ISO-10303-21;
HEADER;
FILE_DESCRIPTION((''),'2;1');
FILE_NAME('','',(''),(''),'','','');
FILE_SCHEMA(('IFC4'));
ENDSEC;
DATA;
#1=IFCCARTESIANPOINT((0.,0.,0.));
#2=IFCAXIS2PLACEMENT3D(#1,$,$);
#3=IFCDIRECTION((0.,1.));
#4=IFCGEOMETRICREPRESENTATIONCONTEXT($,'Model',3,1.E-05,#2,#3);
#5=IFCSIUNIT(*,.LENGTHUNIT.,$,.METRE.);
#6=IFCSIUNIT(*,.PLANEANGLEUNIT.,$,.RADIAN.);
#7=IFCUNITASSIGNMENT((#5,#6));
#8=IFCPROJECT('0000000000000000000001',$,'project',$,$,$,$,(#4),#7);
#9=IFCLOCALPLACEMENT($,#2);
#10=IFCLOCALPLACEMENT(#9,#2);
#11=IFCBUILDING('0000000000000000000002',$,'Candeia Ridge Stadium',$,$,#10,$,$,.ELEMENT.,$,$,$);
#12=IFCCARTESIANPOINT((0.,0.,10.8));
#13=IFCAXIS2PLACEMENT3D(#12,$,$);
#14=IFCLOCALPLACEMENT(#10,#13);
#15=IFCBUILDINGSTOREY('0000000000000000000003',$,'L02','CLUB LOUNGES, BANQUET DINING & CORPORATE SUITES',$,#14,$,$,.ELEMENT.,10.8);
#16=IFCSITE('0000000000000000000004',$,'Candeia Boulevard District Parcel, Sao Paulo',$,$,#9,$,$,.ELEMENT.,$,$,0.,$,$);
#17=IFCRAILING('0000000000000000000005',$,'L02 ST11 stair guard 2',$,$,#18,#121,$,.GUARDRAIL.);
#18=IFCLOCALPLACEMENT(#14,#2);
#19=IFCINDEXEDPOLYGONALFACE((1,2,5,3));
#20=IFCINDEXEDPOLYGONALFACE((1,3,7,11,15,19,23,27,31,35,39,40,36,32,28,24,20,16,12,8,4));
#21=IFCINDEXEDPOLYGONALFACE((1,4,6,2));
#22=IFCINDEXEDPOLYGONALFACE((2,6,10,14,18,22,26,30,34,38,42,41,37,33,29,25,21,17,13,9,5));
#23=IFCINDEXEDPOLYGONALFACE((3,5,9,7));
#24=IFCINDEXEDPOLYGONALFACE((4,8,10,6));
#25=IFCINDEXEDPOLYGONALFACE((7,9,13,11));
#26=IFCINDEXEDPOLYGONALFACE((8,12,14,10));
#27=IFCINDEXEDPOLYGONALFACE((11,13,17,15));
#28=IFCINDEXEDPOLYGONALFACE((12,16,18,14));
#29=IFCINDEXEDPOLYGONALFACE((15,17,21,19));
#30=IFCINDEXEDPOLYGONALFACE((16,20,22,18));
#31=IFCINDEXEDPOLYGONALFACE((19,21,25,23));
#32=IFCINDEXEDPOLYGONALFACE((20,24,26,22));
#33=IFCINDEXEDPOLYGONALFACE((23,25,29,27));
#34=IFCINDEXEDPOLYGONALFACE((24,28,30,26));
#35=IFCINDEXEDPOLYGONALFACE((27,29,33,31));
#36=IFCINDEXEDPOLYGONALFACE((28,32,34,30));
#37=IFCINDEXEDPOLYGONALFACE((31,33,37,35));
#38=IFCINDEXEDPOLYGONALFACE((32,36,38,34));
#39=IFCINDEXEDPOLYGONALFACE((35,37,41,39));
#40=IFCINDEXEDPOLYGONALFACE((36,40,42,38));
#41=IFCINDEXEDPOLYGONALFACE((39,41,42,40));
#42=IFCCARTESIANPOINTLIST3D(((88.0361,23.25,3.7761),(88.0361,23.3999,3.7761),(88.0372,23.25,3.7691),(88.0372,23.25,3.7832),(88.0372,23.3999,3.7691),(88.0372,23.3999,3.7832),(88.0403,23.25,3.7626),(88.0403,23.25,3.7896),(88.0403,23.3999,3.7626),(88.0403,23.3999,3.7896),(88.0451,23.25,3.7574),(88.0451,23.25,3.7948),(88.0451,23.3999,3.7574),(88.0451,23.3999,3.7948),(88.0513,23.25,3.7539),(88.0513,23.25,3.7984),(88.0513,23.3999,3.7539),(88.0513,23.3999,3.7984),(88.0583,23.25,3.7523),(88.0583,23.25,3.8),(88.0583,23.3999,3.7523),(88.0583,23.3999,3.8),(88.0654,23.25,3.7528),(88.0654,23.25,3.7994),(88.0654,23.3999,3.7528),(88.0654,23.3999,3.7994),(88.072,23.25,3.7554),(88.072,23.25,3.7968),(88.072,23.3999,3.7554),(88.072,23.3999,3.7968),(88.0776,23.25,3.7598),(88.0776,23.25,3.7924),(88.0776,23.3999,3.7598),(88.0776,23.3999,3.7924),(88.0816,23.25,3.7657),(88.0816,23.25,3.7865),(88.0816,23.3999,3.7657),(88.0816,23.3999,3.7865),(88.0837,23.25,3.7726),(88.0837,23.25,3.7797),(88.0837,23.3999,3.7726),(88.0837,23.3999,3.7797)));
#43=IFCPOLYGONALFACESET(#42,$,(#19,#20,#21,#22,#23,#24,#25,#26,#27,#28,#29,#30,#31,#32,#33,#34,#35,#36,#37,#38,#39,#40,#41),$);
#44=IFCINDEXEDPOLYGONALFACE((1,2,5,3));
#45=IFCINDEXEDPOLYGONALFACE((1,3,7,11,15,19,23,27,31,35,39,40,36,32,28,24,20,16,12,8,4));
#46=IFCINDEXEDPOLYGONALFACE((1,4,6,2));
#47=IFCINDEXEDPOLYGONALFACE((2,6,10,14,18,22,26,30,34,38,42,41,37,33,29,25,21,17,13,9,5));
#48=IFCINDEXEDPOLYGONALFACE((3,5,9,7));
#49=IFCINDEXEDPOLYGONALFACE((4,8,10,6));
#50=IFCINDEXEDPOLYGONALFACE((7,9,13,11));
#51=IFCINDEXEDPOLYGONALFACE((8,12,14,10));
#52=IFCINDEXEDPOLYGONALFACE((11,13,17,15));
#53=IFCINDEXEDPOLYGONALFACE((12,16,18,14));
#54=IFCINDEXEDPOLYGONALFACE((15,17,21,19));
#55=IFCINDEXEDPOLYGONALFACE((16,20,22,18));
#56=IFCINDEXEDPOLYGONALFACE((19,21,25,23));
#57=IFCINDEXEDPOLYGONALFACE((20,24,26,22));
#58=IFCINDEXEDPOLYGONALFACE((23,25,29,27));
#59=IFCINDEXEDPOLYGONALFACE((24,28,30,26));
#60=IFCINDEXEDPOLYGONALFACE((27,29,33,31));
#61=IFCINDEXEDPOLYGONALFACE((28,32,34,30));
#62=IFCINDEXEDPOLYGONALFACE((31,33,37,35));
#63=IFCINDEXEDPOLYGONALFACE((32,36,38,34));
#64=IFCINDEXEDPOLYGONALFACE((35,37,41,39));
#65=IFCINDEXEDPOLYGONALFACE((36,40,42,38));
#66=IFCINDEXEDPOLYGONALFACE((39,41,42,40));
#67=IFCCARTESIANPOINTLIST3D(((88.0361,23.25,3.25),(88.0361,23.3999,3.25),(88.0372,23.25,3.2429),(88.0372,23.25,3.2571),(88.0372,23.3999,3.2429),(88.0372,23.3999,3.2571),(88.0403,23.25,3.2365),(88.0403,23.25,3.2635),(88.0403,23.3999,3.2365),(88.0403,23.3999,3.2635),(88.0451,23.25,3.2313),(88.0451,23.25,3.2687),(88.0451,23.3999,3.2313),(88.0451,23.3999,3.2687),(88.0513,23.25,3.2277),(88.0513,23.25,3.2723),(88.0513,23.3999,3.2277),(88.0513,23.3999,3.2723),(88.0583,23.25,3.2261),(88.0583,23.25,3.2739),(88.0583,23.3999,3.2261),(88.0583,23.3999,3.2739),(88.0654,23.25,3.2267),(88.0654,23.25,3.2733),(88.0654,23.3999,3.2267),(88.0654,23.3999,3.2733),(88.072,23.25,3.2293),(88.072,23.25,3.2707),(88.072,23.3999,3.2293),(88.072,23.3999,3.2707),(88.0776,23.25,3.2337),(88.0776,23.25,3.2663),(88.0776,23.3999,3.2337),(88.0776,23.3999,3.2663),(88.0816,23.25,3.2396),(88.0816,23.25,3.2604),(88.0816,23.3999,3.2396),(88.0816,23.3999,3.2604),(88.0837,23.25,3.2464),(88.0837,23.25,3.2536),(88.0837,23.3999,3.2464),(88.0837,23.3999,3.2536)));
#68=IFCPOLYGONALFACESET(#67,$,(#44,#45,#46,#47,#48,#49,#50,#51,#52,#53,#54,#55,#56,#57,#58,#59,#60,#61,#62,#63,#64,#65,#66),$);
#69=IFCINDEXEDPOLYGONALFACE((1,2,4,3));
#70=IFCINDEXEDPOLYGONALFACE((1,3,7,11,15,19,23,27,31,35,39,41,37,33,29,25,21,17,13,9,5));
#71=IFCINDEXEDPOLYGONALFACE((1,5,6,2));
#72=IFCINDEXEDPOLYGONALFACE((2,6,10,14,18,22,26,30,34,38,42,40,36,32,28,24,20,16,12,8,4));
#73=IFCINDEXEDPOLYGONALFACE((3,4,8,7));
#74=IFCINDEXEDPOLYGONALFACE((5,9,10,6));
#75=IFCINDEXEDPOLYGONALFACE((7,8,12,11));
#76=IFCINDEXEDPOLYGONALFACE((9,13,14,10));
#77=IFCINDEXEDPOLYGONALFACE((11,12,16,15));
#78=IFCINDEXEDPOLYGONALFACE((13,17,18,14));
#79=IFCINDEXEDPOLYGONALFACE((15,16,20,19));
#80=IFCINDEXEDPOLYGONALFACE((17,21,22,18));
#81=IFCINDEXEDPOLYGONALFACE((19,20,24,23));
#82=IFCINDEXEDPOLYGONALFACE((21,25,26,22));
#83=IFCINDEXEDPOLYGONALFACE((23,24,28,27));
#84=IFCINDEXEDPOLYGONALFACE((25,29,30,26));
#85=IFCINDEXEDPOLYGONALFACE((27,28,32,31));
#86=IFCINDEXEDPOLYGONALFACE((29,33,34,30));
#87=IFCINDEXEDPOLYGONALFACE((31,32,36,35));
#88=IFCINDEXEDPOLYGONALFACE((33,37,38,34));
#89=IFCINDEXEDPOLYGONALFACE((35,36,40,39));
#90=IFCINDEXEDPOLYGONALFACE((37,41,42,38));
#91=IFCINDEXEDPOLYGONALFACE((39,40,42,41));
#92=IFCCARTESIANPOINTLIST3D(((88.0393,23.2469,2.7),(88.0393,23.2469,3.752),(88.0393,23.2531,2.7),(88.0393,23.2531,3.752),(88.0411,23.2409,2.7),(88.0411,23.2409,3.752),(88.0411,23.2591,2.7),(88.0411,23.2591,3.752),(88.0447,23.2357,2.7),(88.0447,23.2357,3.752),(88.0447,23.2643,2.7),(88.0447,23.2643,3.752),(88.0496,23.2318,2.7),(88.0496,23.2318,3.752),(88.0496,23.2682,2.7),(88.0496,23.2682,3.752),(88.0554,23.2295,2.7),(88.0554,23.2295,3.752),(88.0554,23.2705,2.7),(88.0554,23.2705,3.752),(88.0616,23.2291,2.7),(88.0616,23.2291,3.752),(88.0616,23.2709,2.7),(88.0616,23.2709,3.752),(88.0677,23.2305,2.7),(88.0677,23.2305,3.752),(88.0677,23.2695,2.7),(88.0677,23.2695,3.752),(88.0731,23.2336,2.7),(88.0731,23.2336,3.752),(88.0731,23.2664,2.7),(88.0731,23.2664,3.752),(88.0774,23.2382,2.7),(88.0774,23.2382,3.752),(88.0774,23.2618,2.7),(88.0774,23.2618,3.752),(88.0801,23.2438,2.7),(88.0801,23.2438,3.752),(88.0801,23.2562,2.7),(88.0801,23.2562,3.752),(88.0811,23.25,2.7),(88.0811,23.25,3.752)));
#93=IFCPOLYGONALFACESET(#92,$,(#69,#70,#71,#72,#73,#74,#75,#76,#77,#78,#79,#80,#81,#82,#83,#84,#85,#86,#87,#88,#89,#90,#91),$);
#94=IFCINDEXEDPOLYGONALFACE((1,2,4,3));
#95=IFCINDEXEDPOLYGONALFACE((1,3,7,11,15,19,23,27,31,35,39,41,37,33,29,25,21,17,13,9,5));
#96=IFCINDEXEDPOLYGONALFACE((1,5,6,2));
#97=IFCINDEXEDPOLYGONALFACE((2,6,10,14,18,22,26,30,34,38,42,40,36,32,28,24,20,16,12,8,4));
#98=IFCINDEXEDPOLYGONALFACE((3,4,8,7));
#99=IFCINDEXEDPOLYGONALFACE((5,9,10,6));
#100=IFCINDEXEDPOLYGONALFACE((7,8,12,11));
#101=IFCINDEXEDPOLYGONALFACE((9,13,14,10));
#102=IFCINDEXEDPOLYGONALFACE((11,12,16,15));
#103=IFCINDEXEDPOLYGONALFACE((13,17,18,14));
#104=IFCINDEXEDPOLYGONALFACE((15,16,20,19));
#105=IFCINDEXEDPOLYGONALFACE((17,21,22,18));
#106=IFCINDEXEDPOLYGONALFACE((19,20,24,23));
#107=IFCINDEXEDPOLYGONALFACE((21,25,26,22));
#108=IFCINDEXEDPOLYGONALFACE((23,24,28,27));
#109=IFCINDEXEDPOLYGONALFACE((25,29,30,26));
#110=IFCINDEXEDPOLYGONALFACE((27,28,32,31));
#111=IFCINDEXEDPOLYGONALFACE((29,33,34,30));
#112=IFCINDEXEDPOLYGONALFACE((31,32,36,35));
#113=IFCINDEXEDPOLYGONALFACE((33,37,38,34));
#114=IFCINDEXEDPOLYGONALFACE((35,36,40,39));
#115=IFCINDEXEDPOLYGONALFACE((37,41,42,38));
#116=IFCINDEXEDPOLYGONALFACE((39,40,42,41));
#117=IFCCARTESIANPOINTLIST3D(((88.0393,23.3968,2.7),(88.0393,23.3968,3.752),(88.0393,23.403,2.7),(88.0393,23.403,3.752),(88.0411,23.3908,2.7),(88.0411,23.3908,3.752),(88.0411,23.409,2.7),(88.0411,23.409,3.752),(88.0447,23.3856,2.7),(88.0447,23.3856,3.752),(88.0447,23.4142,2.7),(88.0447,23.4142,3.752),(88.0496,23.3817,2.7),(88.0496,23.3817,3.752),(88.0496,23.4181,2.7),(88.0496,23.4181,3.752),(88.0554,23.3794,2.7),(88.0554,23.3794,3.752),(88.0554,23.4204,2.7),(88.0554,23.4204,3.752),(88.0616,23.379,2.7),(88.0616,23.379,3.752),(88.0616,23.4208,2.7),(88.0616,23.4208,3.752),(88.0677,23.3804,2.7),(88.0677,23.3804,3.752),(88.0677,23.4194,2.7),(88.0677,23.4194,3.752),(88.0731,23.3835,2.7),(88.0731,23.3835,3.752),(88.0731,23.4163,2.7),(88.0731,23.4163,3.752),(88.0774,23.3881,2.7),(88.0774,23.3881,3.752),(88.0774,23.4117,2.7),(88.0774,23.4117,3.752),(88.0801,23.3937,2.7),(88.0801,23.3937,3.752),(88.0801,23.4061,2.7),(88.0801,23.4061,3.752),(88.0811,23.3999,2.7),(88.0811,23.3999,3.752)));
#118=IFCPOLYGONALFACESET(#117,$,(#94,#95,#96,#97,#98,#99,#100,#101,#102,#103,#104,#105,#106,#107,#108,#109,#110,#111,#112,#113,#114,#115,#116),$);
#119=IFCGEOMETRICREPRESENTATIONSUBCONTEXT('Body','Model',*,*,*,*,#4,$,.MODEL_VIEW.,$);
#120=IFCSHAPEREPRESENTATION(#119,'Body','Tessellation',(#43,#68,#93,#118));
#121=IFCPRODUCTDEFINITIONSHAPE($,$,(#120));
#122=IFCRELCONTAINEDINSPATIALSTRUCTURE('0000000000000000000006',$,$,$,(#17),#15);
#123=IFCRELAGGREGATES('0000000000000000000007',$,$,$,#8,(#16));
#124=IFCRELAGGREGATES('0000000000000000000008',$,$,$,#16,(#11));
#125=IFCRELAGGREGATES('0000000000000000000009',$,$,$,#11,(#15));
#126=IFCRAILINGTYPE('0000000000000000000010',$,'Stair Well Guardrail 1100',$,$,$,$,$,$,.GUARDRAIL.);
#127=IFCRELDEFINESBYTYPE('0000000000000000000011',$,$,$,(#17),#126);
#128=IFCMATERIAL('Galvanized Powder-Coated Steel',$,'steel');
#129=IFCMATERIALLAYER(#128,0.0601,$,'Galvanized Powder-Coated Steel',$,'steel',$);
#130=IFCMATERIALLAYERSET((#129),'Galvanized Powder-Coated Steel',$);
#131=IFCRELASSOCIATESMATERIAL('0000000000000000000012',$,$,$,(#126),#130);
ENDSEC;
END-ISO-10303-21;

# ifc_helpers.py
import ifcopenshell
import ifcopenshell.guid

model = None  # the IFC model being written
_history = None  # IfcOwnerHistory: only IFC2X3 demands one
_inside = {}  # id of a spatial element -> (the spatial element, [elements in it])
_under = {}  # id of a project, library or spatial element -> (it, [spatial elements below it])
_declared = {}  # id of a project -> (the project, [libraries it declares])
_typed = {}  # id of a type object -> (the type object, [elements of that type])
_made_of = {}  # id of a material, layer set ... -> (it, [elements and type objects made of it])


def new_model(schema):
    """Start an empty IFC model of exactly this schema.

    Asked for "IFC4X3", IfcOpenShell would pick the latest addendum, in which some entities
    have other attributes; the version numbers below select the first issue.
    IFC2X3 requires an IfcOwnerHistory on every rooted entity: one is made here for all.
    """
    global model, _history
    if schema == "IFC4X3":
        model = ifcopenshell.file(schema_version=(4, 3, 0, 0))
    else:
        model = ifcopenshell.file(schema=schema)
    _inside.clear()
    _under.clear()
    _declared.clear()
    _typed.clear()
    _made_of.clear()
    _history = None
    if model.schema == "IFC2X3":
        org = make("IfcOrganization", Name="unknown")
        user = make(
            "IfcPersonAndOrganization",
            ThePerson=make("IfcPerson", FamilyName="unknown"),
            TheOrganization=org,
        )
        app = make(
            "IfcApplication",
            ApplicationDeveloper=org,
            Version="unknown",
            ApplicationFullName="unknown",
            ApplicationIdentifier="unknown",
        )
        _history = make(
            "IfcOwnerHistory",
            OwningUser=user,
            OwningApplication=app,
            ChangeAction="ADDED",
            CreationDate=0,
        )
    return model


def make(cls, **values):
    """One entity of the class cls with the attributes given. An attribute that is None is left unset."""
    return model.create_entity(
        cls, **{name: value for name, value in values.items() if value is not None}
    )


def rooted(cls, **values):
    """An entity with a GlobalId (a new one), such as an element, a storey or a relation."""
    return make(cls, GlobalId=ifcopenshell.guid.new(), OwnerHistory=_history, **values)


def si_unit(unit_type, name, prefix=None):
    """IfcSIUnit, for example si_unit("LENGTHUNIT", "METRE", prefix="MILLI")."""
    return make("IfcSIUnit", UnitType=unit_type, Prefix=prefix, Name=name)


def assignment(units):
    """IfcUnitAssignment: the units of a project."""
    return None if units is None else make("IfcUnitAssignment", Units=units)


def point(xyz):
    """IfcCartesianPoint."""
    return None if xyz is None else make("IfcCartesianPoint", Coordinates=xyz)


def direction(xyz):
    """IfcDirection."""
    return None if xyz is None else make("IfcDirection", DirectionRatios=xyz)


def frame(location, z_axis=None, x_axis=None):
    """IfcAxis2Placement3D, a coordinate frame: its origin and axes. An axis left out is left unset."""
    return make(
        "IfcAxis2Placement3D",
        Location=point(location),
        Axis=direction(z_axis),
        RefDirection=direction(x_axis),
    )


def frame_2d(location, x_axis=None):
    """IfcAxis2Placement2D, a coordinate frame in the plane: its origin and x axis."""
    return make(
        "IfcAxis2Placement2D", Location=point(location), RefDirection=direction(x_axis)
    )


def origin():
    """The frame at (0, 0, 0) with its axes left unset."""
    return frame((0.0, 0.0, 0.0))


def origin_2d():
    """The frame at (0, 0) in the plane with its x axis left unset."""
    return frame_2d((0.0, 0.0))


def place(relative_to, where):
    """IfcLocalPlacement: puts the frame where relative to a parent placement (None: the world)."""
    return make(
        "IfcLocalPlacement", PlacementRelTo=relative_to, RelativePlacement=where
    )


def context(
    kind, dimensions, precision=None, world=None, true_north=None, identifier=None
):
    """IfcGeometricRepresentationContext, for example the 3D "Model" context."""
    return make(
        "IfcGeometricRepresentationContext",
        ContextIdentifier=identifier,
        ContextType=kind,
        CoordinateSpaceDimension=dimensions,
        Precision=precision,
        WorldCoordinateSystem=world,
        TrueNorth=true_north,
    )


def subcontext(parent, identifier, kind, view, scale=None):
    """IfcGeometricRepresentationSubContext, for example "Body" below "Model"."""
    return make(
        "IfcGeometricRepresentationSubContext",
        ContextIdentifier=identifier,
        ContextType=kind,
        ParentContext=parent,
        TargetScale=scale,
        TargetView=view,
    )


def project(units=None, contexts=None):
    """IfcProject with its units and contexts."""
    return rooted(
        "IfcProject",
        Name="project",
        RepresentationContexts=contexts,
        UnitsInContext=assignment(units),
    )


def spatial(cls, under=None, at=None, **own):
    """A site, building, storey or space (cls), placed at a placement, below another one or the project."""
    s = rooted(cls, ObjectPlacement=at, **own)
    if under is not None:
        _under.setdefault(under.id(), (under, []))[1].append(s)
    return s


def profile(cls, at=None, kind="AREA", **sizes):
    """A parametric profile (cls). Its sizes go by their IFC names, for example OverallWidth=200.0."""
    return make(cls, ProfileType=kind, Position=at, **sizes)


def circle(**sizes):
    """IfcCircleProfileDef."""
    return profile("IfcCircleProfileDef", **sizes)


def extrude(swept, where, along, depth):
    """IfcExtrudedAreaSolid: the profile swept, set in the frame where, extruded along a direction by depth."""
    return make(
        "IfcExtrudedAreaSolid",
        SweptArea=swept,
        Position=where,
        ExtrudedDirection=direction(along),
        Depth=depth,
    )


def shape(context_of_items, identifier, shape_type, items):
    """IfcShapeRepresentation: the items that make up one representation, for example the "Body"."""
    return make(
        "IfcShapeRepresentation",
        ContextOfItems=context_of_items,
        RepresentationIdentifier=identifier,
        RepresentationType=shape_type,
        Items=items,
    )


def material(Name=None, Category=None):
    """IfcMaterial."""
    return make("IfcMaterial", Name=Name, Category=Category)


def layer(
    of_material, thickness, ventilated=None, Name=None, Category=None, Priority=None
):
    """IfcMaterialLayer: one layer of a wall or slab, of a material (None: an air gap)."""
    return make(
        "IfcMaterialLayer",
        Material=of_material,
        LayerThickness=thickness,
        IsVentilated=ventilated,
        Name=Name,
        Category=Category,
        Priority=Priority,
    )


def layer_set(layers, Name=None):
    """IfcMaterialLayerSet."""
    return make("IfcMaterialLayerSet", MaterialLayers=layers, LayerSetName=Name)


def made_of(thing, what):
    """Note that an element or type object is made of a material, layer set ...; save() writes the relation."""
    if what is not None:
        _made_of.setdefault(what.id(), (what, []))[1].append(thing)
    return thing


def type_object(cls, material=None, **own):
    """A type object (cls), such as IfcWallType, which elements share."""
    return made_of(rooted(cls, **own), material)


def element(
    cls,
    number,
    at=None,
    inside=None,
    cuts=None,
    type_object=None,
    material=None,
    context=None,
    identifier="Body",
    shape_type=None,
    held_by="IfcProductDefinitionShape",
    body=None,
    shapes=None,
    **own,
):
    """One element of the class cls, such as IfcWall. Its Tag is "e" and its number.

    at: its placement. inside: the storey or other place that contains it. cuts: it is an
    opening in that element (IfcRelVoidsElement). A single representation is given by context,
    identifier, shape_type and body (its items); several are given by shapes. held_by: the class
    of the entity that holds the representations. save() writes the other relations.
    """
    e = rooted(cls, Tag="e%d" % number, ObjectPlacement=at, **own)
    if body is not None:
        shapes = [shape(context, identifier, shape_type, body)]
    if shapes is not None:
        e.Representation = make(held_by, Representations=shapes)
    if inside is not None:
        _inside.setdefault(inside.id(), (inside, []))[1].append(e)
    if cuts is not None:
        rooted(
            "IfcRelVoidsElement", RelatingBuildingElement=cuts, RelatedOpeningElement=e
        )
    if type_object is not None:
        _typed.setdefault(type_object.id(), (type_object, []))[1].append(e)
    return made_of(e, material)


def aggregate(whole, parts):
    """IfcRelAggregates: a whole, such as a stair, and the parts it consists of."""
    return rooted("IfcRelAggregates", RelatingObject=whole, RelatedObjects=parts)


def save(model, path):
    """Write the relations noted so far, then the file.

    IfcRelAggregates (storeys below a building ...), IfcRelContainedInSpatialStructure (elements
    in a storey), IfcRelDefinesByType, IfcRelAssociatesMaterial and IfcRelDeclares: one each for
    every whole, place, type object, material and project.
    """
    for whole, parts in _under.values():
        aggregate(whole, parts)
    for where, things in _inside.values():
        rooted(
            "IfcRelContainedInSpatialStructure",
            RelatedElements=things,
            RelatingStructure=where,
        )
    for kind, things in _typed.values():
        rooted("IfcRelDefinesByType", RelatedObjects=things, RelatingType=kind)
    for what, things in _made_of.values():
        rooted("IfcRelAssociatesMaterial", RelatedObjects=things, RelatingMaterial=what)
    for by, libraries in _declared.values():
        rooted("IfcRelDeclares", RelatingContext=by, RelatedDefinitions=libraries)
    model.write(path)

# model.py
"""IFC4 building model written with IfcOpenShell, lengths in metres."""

from ifc_helpers import new_model, si_unit, direction, frame, origin, origin_2d, place, context, subcontext, project, spatial, circle, extrude, material, layer, layer_set, type_object, element, save


model = new_model("IFC4")

# Units and contexts
model_context = context("Model", 3, precision=1e-05, world=origin(), true_north=direction((0.0, 1.0)))
body_context = subcontext(model_context, "Body", "Model", "MODEL_VIEW")
ifc_project = project(units=[si_unit("LENGTHUNIT", "METRE"), si_unit("PLANEANGLEUNIT", "RADIAN")], contexts=[model_context])

# Site, building, storey
site_placement = place(None, origin())
site = spatial("IfcSite", under=ifc_project, at=site_placement, Name="Candeia Boulevard District Parcel, Sao Paulo", CompositionType="ELEMENT", RefElevation=0.0)
building_placement = place(site_placement, origin())
building = spatial("IfcBuilding", under=site, at=building_placement, Name="Candeia Ridge Stadium", CompositionType="ELEMENT")
storey_placement = place(building_placement, frame((0.0, 0.0, 10.8)))
storey = spatial("IfcBuildingStorey", under=building, at=storey_placement, Name="L02", Description="CLUB LOUNGES, BANQUET DINING & CORPORATE SUITES", CompositionType="ELEMENT", Elevation=10.8)

# Railing
ifc_material_1 = material(Name="Galvanized Powder-Coated Steel", Category="steel")
ifc_layer_1 = layer(ifc_material_1, 0.0601, Name="Galvanized Powder-Coated Steel", Category="steel")
ifc_layer_set_1 = layer_set([ifc_layer_1], Name="Galvanized Powder-Coated Steel")
railing_type_1 = type_object("IfcRailingType", Name="Stair Well Guardrail 1100", PredefinedType="GUARDRAIL", material=ifc_layer_set_1)
railing_1_placement = place(storey_placement, frame((88.0601, 23.25, 2.7)))
element("IfcRailing", 1, at=railing_1_placement, inside=storey, type_object=railing_type_1, Name="L02 ST11 stair guard 2", PredefinedType="GUARDRAIL", context=body_context, shape_type="SweptSolid", body=[
    extrude(circle(Radius=0.0239, at=origin_2d()), frame((0.0, 0.0, 1.0762), z_axis=(0.0, 1.0, 0.0), x_axis=(-1.0, 0.0, 0.0)), (0.0, 0.0, 1.0), 0.1499),
    extrude(circle(Radius=0.0239, at=origin_2d()), frame((0.0, 0.0, 0.55), z_axis=(0.0, 1.0, 0.0), x_axis=(-1.0, 0.0, 0.0)), (0.0, 0.0, 1.0), 0.1499),
    extrude(circle(Radius=0.021, at=origin_2d()), origin(), (0.0, 0.0, 1.0), 1.052),
    extrude(circle(Radius=0.021, at=origin_2d()), frame((0.0, 0.1499, 0.0)), (0.0, 0.0, 1.0), 1.052),
])

save(model, "model.ifc")
